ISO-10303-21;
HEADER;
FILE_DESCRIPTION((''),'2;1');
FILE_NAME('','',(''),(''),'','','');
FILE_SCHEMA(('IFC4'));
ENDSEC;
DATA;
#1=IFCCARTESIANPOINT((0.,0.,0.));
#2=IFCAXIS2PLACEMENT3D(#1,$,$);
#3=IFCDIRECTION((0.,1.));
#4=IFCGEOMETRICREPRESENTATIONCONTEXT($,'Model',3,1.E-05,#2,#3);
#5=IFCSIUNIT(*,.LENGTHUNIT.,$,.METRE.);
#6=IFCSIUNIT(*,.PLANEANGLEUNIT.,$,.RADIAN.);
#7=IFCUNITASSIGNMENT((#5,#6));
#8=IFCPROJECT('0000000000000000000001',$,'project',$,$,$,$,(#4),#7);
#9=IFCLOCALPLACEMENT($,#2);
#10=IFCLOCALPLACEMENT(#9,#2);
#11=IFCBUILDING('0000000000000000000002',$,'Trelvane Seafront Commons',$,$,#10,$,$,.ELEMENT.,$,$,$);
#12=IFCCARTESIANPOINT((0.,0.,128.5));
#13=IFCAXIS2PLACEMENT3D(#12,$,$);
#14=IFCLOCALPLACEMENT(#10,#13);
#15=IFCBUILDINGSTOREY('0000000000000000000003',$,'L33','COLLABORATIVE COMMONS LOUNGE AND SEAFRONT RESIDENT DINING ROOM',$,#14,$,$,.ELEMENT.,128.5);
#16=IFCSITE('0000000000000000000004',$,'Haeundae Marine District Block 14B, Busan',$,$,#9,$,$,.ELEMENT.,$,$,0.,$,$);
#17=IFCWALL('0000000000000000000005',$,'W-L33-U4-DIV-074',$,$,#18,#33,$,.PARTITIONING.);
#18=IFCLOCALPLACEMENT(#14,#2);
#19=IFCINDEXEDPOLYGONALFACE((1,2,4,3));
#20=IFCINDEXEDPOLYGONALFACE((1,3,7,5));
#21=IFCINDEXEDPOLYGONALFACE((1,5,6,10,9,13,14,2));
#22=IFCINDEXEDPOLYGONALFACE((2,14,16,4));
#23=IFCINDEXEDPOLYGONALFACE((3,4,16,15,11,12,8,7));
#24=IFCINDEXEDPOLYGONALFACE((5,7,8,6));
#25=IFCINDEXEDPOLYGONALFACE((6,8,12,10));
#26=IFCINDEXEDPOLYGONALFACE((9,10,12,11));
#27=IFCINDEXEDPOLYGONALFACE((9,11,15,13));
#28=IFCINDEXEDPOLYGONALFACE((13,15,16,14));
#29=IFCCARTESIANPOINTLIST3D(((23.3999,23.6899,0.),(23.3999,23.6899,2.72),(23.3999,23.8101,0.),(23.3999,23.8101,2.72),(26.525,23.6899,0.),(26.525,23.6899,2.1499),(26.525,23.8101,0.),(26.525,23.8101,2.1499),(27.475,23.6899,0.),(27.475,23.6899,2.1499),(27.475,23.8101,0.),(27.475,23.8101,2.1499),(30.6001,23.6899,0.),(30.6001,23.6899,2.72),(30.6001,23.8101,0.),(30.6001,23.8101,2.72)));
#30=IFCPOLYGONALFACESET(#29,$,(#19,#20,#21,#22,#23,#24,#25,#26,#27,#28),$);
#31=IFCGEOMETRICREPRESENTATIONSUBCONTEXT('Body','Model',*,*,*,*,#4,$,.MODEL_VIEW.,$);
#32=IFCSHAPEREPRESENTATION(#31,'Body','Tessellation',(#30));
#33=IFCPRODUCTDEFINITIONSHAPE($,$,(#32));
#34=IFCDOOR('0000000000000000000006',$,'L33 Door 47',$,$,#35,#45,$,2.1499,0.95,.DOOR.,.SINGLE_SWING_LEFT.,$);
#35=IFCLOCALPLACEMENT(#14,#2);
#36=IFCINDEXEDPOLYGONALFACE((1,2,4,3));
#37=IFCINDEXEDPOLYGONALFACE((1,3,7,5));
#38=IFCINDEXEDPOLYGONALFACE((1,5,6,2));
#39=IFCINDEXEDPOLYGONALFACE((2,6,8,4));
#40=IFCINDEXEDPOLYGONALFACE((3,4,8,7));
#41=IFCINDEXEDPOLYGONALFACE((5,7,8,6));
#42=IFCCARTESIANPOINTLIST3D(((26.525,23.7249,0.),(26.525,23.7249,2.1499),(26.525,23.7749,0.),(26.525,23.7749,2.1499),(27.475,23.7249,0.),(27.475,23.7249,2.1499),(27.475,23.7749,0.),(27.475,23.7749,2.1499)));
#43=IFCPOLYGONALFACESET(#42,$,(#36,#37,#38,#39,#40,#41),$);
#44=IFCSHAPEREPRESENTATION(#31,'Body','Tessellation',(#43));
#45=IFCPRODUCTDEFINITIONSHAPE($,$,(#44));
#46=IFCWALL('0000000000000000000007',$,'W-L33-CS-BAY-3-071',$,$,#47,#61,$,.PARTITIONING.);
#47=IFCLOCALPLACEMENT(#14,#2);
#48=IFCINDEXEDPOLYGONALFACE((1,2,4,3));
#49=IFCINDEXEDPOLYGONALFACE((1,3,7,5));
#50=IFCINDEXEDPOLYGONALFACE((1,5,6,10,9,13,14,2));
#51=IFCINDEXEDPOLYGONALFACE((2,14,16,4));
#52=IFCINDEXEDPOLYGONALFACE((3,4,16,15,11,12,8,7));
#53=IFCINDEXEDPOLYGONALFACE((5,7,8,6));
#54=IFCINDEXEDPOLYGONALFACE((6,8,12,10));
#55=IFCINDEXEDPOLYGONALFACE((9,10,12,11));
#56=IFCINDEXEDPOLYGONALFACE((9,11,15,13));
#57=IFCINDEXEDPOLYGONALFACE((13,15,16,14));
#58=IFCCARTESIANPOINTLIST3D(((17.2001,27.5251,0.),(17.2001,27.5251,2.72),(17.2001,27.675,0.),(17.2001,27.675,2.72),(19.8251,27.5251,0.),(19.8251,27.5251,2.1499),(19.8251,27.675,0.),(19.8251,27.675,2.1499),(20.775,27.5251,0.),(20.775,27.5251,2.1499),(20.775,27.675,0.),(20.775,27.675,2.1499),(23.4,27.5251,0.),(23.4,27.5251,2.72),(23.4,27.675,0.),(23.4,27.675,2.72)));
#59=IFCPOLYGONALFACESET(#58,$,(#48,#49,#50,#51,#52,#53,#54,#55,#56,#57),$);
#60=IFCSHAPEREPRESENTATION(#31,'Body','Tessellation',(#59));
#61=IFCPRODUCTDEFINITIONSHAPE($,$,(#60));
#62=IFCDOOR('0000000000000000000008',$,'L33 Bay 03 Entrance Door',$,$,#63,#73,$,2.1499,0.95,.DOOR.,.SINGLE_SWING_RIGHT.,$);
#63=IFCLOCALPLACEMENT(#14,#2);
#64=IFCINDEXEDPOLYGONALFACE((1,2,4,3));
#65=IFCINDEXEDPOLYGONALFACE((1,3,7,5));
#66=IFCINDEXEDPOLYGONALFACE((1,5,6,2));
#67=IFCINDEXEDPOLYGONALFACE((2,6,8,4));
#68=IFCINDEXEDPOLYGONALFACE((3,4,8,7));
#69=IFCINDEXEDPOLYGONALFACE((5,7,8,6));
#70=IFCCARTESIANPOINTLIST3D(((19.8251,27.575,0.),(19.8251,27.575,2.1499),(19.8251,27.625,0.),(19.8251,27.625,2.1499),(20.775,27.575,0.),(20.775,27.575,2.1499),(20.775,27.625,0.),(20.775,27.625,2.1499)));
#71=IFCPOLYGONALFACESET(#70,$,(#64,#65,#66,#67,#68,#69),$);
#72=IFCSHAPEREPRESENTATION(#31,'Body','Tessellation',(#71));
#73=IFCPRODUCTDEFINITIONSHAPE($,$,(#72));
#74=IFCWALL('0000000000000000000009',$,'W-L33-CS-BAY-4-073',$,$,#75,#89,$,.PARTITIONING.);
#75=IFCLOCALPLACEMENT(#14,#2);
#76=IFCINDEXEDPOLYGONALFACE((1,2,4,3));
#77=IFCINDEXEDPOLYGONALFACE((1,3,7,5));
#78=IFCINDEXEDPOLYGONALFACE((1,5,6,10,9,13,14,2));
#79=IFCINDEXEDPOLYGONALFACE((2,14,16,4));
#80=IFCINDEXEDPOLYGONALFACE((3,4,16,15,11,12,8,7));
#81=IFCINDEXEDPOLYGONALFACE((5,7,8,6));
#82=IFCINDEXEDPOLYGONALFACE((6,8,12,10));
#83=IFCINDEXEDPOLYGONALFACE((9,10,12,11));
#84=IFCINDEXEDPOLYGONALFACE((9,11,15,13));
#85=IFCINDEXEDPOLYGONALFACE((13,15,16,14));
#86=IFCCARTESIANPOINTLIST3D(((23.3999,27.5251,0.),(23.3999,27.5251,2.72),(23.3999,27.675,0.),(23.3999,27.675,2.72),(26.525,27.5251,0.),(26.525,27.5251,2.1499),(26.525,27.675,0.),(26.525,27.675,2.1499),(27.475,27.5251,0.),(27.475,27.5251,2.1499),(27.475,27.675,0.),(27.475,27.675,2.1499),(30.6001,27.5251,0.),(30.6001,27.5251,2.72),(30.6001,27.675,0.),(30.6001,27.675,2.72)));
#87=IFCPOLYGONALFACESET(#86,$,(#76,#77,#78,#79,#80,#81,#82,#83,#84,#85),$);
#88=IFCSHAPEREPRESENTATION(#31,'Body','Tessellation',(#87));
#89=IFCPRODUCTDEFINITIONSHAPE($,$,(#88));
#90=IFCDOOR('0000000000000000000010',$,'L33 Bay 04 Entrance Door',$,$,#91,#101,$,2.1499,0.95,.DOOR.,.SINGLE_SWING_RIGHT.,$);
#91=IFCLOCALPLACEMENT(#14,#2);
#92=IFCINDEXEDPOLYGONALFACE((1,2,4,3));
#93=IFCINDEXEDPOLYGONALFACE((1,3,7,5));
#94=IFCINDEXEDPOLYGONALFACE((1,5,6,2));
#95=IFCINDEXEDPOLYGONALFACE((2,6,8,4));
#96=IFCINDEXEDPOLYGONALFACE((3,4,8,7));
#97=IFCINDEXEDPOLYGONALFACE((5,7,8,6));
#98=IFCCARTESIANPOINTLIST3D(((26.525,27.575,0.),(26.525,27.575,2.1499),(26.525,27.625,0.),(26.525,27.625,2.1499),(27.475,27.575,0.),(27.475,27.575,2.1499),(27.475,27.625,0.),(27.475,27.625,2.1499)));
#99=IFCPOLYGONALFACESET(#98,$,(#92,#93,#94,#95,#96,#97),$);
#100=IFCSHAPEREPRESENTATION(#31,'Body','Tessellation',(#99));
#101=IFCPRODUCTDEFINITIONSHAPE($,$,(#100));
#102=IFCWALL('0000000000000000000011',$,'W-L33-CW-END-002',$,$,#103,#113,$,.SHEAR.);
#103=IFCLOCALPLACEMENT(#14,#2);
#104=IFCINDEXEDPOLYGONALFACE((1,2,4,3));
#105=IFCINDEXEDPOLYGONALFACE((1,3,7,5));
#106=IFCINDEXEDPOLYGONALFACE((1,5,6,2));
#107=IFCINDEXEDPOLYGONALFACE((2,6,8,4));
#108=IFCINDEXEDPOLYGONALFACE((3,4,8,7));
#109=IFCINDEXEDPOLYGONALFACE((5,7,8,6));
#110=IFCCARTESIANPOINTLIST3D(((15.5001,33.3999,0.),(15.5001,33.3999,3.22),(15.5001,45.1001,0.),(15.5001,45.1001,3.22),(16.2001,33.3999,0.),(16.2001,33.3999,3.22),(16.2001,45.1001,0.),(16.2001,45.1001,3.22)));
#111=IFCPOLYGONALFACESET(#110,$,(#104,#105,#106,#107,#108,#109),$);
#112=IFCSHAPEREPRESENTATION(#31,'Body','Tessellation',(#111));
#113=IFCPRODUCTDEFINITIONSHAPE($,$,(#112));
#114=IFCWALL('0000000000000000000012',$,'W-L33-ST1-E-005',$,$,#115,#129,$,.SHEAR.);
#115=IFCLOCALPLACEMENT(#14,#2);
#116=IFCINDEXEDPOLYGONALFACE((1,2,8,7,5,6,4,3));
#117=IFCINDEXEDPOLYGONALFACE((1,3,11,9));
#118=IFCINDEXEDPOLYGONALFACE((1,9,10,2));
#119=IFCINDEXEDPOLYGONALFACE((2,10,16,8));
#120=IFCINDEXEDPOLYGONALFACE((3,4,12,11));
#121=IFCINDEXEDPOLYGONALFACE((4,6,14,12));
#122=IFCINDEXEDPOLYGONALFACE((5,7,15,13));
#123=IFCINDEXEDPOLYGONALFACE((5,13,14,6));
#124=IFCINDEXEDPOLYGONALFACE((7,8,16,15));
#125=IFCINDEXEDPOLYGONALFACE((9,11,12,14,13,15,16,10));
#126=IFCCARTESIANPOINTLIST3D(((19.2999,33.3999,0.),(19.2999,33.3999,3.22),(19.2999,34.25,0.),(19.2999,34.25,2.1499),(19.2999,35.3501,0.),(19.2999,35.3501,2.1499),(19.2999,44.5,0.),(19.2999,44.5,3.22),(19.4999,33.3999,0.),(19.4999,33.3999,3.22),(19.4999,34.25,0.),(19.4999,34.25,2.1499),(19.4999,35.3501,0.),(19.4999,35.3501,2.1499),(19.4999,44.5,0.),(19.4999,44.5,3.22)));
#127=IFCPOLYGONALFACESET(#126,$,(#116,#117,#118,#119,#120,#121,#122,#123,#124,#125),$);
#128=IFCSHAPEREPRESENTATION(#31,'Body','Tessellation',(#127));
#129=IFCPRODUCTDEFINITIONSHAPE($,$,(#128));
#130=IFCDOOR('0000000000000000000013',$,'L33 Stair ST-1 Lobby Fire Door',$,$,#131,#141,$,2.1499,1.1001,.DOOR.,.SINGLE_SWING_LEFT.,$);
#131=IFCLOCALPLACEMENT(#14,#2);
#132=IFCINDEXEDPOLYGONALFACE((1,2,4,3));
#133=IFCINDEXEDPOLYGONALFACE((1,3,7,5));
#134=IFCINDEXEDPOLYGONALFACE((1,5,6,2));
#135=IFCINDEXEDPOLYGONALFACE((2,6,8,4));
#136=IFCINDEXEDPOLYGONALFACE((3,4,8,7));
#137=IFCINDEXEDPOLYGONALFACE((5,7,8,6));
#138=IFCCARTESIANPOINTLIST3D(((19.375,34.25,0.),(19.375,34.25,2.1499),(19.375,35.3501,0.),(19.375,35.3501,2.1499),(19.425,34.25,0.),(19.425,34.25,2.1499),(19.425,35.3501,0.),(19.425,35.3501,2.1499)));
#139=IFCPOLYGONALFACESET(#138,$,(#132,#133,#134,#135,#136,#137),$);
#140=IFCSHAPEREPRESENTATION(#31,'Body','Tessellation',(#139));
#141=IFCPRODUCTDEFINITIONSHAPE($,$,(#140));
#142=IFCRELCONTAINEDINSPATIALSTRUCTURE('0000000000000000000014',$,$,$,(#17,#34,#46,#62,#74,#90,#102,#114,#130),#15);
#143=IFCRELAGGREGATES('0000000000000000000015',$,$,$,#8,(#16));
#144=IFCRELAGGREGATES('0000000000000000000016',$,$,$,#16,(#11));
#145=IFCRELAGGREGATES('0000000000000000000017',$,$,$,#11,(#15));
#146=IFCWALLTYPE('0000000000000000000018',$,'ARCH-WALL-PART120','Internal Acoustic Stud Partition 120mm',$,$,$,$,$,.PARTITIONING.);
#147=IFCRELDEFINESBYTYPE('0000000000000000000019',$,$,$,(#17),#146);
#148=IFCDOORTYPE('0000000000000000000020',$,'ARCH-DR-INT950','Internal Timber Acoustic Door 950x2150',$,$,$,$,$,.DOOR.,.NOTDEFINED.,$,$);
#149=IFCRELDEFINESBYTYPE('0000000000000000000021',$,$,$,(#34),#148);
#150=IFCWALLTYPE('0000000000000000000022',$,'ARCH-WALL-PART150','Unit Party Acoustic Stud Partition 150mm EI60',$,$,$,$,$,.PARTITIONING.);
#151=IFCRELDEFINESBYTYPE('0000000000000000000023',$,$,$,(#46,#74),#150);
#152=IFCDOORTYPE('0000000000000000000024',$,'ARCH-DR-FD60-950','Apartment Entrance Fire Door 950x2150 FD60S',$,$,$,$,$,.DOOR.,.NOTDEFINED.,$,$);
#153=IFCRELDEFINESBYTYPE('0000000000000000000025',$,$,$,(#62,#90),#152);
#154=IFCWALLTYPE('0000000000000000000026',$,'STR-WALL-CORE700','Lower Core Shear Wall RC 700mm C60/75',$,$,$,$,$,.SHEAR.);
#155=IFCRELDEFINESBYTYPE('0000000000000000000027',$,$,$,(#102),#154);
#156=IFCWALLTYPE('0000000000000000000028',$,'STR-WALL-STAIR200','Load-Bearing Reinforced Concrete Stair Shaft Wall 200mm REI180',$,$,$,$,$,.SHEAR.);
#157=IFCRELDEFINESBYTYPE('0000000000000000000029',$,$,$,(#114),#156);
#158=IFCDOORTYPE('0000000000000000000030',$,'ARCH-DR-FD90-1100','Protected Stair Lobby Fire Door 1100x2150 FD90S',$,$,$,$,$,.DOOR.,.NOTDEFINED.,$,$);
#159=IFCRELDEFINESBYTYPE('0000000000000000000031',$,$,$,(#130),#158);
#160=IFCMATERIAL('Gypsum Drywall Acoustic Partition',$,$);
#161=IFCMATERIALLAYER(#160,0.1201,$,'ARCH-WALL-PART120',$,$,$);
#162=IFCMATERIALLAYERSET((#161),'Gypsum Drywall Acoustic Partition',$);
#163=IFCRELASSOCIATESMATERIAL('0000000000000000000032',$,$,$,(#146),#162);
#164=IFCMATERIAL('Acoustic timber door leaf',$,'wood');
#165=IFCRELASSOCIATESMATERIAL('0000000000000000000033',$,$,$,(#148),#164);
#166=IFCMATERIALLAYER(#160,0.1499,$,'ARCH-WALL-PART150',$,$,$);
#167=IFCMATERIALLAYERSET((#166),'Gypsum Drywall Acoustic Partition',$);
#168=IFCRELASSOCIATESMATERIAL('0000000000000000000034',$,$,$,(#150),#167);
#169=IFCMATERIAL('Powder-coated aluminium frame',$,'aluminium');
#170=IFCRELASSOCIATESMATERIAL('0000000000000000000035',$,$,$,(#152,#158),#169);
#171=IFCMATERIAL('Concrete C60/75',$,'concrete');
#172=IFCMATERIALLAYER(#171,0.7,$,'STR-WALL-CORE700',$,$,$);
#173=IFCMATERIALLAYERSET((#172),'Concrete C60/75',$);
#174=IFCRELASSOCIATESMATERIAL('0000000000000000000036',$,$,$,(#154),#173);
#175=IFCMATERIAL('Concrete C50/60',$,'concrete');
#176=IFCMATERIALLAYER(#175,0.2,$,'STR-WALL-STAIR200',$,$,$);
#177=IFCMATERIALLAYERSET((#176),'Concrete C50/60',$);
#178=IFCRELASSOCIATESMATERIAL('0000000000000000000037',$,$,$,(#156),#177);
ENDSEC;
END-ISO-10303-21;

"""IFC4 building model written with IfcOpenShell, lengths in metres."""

from ifc_helpers import new_model, si_unit, direction, frame, frame_2d, origin, place, context, subcontext, project, spatial, rectangle, extrude, source, transform, mapped, material, layer, layer_set, type_object, element, fill, save


model = new_model("IFC4")

# Units and contexts
model_context = context("Model", 3, precision=1e-05, world=origin(), true_north=direction((0.0, 1.0)))
body_context = subcontext(model_context, "Body", "Model", "MODEL_VIEW")
ifc_project = project(units=[si_unit("LENGTHUNIT", "METRE"), si_unit("PLANEANGLEUNIT", "RADIAN")], contexts=[model_context])

# Site, building, storey
site_placement = place(None, origin())
site = spatial("IfcSite", under=ifc_project, at=site_placement, Name="Haeundae Marine District Block 14B, Busan", CompositionType="ELEMENT", RefElevation=0.0)
building_placement = place(site_placement, origin())
building = spatial("IfcBuilding", under=site, at=building_placement, Name="Trelvane Seafront Commons", CompositionType="ELEMENT")
storey_placement = place(building_placement, frame((0.0, 0.0, 128.5)))
storey = spatial("IfcBuildingStorey", under=building, at=storey_placement, Name="L33", Description="COLLABORATIVE COMMONS LOUNGE AND SEAFRONT RESIDENT DINING ROOM", CompositionType="ELEMENT", Elevation=128.5)

# Shared definitions
ifc_material_1 = material(Name="Concrete C60/75", Category="concrete")

# Shared definitions
ifc_material_2 = material(Name="Powder-coated aluminium frame", Category="aluminium")
ifc_material_3 = material(Name="Gypsum Drywall Acoustic Partition")
ifc_layer_1 = layer(ifc_material_3, 0.1201, Name="ARCH-WALL-PART120")
ifc_layer_set_1 = layer_set([ifc_layer_1], Name="Gypsum Drywall Acoustic Partition")
wall_type_1 = type_object("IfcWallType", Name="ARCH-WALL-PART120", Description="Internal Acoustic Stud Partition 120mm", PredefinedType="PARTITIONING", material=ifc_layer_set_1)
ifc_material_4 = material(Name="Acoustic timber door leaf", Category="wood")
door_type_1 = type_object("IfcDoorType", Name="ARCH-DR-INT950", Description="Internal Timber Acoustic Door 950x2150", OperationType="NOTDEFINED", PredefinedType="DOOR", material=ifc_material_4)
shared_shape_1 = source(origin(), body_context, "Body", "SweptSolid", [
    extrude(rectangle(XDim=0.95, YDim=2.1499, at=frame_2d((0.4751, 1.075))), frame((0.0, 0.0249, 0.0), z_axis=(0.0, -1.0, 0.0), x_axis=(1.0, 0.0, 0.0)), (0.0, 0.0, 1.0), 0.05),
])

# Walls, openings, doors
wall_1_placement = place(storey_placement, frame((23.3999, 23.75, 0.0), z_axis=(0.0, 0.0, 1.0), x_axis=(1.0, 0.0, 0.0)))
wall_1 = element("IfcWall", 1, at=wall_1_placement, inside=storey, type_object=wall_type_1, Name="W-L33-U4-DIV-074", PredefinedType="PARTITIONING", context=body_context, shape_type="SweptSolid", body=[
    extrude(rectangle(XDim=7.2002, YDim=0.1201, at=frame_2d((3.6001, 0.0))), origin(), (0.0, 0.0, 1.0), 2.72),
])
opening_1_placement = place(wall_1_placement, frame((3.125, 0.0, 0.0)))
opening_1 = element("IfcOpeningElement", 2, at=opening_1_placement, cuts=wall_1, PredefinedType="OPENING", context=body_context, shape_type="SweptSolid", body=[
    extrude(rectangle(XDim=0.95, YDim=2.1499, at=frame_2d((0.4751, 1.075))), frame((0.0, 0.0701, 0.0), z_axis=(0.0, -1.0, 0.0), x_axis=(1.0, 0.0, 0.0)), (0.0, 0.0, 1.0), 0.1401),
])
door_1_placement = place(opening_1_placement, origin())
door_1 = element("IfcDoor", 3, at=door_1_placement, inside=storey, type_object=door_type_1, Name="L33 Door 47", OperationType="SINGLE_SWING_LEFT", OverallHeight=2.1499, OverallWidth=0.95, PredefinedType="DOOR", context=body_context, shape_type="MappedRepresentation", body=[
    mapped(shared_shape_1, transform((0.0, 0.0, 0.0), x_axis=(1.0, 0.0, 0.0), y_axis=(0.0, 1.0, 0.0), z_axis=(0.0, 0.0, 1.0), scale=1.0)),
])
fill(opening_1, door_1)
ifc_layer_2 = layer(ifc_material_3, 0.1499, Name="ARCH-WALL-PART150")
ifc_layer_set_2 = layer_set([ifc_layer_2], Name="Gypsum Drywall Acoustic Partition")
wall_type_2 = type_object("IfcWallType", Name="ARCH-WALL-PART150", Description="Unit Party Acoustic Stud Partition 150mm EI60", PredefinedType="PARTITIONING", material=ifc_layer_set_2)
wall_2_placement = place(storey_placement, frame((17.2, 27.6001, 0.0), z_axis=(0.0, 0.0, 1.0), x_axis=(1.0, 0.0, 0.0)))
wall_2 = element("IfcWall", 4, at=wall_2_placement, inside=storey, type_object=wall_type_2, Name="W-L33-CS-BAY-3-071", PredefinedType="PARTITIONING", context=body_context, shape_type="SweptSolid", body=[
    extrude(rectangle(XDim=6.2, YDim=0.1499, at=frame_2d((3.1001, 0.0))), origin(), (0.0, 0.0, 1.0), 2.72),
])
opening_2_placement = place(wall_2_placement, frame((2.625, 0.0, 0.0)))
opening_2 = element("IfcOpeningElement", 5, at=opening_2_placement, cuts=wall_2, PredefinedType="OPENING", context=body_context, shape_type="SweptSolid", body=[
    extrude(rectangle(XDim=0.95, YDim=2.1499, at=frame_2d((0.4751, 1.075))), frame((0.0, 0.085, 0.0), z_axis=(0.0, -1.0, 0.0), x_axis=(1.0, 0.0, 0.0)), (0.0, 0.0, 1.0), 0.1699),
])
door_type_2 = type_object("IfcDoorType", Name="ARCH-DR-FD60-950", Description="Apartment Entrance Fire Door 950x2150 FD60S", OperationType="NOTDEFINED", PredefinedType="DOOR", material=ifc_material_2)
door_2_placement = place(opening_2_placement, origin())
door_2 = element("IfcDoor", 6, at=door_2_placement, inside=storey, type_object=door_type_2, Name="L33 Bay 03 Entrance Door", OperationType="SINGLE_SWING_RIGHT", OverallHeight=2.1499, OverallWidth=0.95, PredefinedType="DOOR", context=body_context, shape_type="MappedRepresentation", body=[
    mapped(shared_shape_1, transform((0.0, 0.0, 0.0), x_axis=(1.0, 0.0, 0.0), y_axis=(0.0, 1.0, 0.0), z_axis=(0.0, 0.0, 1.0), scale=1.0)),
])
fill(opening_2, door_2)
wall_3_placement = place(storey_placement, frame((23.3999, 27.6001, 0.0), z_axis=(0.0, 0.0, 1.0), x_axis=(1.0, 0.0, 0.0)))
wall_3 = element("IfcWall", 7, at=wall_3_placement, inside=storey, type_object=wall_type_2, Name="W-L33-CS-BAY-4-073", PredefinedType="PARTITIONING", context=body_context, shape_type="SweptSolid", body=[
    extrude(rectangle(XDim=7.2002, YDim=0.1499, at=frame_2d((3.6001, 0.0))), origin(), (0.0, 0.0, 1.0), 2.72),
])
opening_3_placement = place(wall_3_placement, frame((3.125, 0.0, 0.0)))
opening_3 = element("IfcOpeningElement", 8, at=opening_3_placement, cuts=wall_3, PredefinedType="OPENING", context=body_context, shape_type="SweptSolid", body=[
    extrude(rectangle(XDim=0.95, YDim=2.1499, at=frame_2d((0.4751, 1.075))), frame((0.0, 0.085, 0.0), z_axis=(0.0, -1.0, 0.0), x_axis=(1.0, 0.0, 0.0)), (0.0, 0.0, 1.0), 0.1699),
])
door_3_placement = place(opening_3_placement, origin())
door_3 = element("IfcDoor", 9, at=door_3_placement, inside=storey, type_object=door_type_2, Name="L33 Bay 04 Entrance Door", OperationType="SINGLE_SWING_RIGHT", OverallHeight=2.1499, OverallWidth=0.95, PredefinedType="DOOR", context=body_context, shape_type="MappedRepresentation", body=[
    mapped(shared_shape_1, transform((0.0, 0.0, 0.0), x_axis=(1.0, 0.0, 0.0), y_axis=(0.0, 1.0, 0.0), z_axis=(0.0, 0.0, 1.0), scale=1.0)),
])
fill(opening_3, door_3)

# Wall
ifc_layer_3 = layer(ifc_material_1, 0.7, Name="STR-WALL-CORE700")
ifc_layer_set_3 = layer_set([ifc_layer_3], Name="Concrete C60/75")
wall_type_3 = type_object("IfcWallType", Name="STR-WALL-CORE700", Description="Lower Core Shear Wall RC 700mm C60/75", PredefinedType="SHEAR", material=ifc_layer_set_3)
wall_4_placement = place(storey_placement, frame((15.8501, 33.3999, 0.0), z_axis=(0.0, 0.0, 1.0), x_axis=(0.0, 1.0, 0.0)))
element("IfcWall", 10, at=wall_4_placement, inside=storey, type_object=wall_type_3, Name="W-L33-CW-END-002", PredefinedType="SHEAR", context=body_context, shape_type="SweptSolid", body=[
    extrude(rectangle(XDim=11.7002, YDim=0.7, at=frame_2d((5.8501, 0.0))), origin(), (0.0, 0.0, 1.0), 3.22),
])

# Wall, opening, door
ifc_material_5 = material(Name="Concrete C50/60", Category="concrete")
ifc_layer_4 = layer(ifc_material_5, 0.2, Name="STR-WALL-STAIR200")
ifc_layer_set_4 = layer_set([ifc_layer_4], Name="Concrete C50/60")
wall_type_4 = type_object("IfcWallType", Name="STR-WALL-STAIR200", Description="Load-Bearing Reinforced Concrete Stair Shaft Wall 200mm REI180", PredefinedType="SHEAR", material=ifc_layer_set_4)
wall_5_placement = place(storey_placement, frame((19.3999, 33.3999, 0.0), z_axis=(0.0, 0.0, 1.0), x_axis=(0.0, 1.0, 0.0)))
wall_5 = element("IfcWall", 11, at=wall_5_placement, inside=storey, type_object=wall_type_4, Name="W-L33-ST1-E-005", PredefinedType="SHEAR", context=body_context, shape_type="SweptSolid", body=[
    extrude(rectangle(XDim=11.1001, YDim=0.2, at=frame_2d((5.55, 0.0))), origin(), (0.0, 0.0, 1.0), 3.22),
])
opening_4_placement = place(wall_5_placement, frame((0.8501, 0.0, 0.0)))
opening_4 = element("IfcOpeningElement", 12, at=opening_4_placement, cuts=wall_5, PredefinedType="OPENING", context=body_context, shape_type="SweptSolid", body=[
    extrude(rectangle(XDim=1.1001, YDim=2.1499, at=frame_2d((0.55, 1.075))), frame((0.0, 0.1099, 0.0), z_axis=(0.0, -1.0, 0.0), x_axis=(1.0, 0.0, 0.0)), (0.0, 0.0, 1.0), 0.22),
])
door_type_3 = type_object("IfcDoorType", Name="ARCH-DR-FD90-1100", Description="Protected Stair Lobby Fire Door 1100x2150 FD90S", OperationType="NOTDEFINED", PredefinedType="DOOR", material=ifc_material_2)
shared_shape_2 = source(origin(), body_context, "Body", "SweptSolid", [
    extrude(rectangle(XDim=1.1001, YDim=2.1499, at=frame_2d((0.55, 1.075))), frame((0.0, 0.0249, 0.0), z_axis=(0.0, -1.0, 0.0), x_axis=(1.0, 0.0, 0.0)), (0.0, 0.0, 1.0), 0.05),
])
door_4_placement = place(opening_4_placement, origin())
door_4 = element("IfcDoor", 13, at=door_4_placement, inside=storey, type_object=door_type_3, Name="L33 Stair ST-1 Lobby Fire Door", OperationType="SINGLE_SWING_LEFT", OverallHeight=2.1499, OverallWidth=1.1001, PredefinedType="DOOR", context=body_context, shape_type="MappedRepresentation", body=[
    mapped(shared_shape_2, transform((0.0, 0.0, 0.0), x_axis=(1.0, 0.0, 0.0), y_axis=(0.0, 1.0, 0.0), z_axis=(0.0, 0.0, 1.0), scale=1.0)),
])
fill(opening_4, door_4)

save(model, "model.ifc")
